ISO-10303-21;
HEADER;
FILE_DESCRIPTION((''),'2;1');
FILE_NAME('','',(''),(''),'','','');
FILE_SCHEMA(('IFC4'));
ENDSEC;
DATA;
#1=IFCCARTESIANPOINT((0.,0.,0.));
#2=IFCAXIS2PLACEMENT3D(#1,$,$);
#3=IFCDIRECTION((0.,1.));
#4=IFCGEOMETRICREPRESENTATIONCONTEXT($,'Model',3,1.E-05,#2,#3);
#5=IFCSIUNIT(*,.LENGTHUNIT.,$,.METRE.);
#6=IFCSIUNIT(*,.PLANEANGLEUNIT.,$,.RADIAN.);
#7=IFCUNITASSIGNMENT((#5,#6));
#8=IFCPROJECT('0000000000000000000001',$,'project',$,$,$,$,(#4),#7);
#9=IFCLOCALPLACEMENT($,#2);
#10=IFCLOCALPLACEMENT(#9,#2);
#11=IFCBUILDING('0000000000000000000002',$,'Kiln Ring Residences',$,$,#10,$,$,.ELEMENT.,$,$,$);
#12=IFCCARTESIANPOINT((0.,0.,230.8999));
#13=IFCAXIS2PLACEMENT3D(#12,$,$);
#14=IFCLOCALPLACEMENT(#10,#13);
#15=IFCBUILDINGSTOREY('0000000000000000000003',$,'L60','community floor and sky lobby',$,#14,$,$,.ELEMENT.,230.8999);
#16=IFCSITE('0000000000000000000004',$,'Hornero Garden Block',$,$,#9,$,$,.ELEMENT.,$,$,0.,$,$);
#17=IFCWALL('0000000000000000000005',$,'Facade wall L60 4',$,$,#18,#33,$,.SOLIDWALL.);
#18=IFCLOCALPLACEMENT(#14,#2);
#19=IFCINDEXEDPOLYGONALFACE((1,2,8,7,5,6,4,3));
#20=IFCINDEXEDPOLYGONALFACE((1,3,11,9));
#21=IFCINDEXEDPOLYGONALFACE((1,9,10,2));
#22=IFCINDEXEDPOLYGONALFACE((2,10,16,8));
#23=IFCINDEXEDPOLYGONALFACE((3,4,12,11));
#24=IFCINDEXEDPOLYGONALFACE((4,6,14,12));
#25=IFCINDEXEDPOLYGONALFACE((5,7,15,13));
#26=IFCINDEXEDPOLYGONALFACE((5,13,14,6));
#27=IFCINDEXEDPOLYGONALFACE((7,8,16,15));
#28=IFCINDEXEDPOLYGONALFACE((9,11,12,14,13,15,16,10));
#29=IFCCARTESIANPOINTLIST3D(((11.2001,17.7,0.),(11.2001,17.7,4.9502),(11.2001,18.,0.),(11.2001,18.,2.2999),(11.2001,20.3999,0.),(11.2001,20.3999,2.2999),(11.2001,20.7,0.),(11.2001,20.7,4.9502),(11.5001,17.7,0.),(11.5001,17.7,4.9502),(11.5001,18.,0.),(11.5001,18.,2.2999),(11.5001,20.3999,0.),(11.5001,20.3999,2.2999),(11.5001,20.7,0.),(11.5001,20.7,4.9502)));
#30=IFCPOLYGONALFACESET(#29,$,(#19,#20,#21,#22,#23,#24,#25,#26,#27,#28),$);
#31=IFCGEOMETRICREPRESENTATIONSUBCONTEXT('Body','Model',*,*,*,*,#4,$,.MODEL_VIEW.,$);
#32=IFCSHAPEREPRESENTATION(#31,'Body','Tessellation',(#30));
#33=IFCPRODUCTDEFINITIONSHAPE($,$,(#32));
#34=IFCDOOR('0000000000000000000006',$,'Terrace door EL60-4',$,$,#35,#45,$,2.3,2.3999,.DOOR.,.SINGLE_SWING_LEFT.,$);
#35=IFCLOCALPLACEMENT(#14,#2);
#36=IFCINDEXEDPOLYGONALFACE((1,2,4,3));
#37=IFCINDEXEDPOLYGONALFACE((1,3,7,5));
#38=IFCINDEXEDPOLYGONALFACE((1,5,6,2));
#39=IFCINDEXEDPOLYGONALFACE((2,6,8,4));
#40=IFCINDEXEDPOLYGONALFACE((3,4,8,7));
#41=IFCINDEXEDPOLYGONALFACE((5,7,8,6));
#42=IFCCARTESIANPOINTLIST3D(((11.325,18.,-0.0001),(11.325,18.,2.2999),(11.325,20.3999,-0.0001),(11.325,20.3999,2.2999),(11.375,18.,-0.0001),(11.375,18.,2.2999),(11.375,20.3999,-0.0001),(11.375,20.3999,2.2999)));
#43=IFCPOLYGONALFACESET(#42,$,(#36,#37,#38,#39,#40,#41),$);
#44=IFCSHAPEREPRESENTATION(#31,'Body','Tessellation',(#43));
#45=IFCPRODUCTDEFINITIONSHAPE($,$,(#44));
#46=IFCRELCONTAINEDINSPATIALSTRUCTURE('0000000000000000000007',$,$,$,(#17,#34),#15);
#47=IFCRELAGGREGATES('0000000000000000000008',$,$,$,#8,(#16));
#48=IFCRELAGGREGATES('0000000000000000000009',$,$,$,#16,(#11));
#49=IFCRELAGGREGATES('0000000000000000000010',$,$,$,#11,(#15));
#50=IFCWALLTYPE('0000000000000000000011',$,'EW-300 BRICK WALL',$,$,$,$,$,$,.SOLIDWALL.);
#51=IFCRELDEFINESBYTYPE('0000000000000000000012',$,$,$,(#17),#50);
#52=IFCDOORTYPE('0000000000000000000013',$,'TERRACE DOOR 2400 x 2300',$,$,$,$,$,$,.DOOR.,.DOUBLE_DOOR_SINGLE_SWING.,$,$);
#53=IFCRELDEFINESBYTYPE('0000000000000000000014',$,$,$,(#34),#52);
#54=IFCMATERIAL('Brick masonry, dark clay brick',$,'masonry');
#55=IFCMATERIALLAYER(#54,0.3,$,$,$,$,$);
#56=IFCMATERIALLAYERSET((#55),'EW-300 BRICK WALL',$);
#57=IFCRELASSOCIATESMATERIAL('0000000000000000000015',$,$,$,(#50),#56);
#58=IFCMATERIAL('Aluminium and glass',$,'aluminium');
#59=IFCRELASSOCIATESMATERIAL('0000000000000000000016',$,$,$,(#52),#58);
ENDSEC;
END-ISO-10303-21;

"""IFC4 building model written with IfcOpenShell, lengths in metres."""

from ifc_helpers import new_model, si_unit, direction, frame, frame_2d, origin, place, context, subcontext, project, spatial, rectangle, extrude, material, layer, layer_set, type_object, element, fill, save


model = new_model("IFC4")

# Units and contexts
model_context = context("Model", 3, precision=1e-05, world=origin(), true_north=direction((0.0, 1.0)))
body_context = subcontext(model_context, "Body", "Model", "MODEL_VIEW")
ifc_project = project(units=[si_unit("LENGTHUNIT", "METRE"), si_unit("PLANEANGLEUNIT", "RADIAN")], contexts=[model_context])

# Site, building, storey
site_placement = place(None, origin())
site = spatial("IfcSite", under=ifc_project, at=site_placement, Name="Hornero Garden Block", CompositionType="ELEMENT", RefElevation=0.0)
building_placement = place(site_placement, origin())
building = spatial("IfcBuilding", under=site, at=building_placement, Name="Kiln Ring Residences", CompositionType="ELEMENT")
storey_placement = place(building_placement, frame((0.0, 0.0, 230.8999)))
storey = spatial("IfcBuildingStorey", under=building, at=storey_placement, Name="L60", Description="community floor and sky lobby", CompositionType="ELEMENT", Elevation=230.8999)

# Wall, opening, door
ifc_material_1 = material(Name="Brick masonry, dark clay brick", Category="masonry")
ifc_layer_1 = layer(ifc_material_1, 0.3)
ifc_layer_set_1 = layer_set([ifc_layer_1], Name="EW-300 BRICK WALL")
wall_type = type_object("IfcWallType", Name="EW-300 BRICK WALL", PredefinedType="SOLIDWALL", material=ifc_layer_set_1)
wall_placement = place(storey_placement, frame((11.3501, 20.7, 0.0), z_axis=(0.0, 0.0, 1.0), x_axis=(0.0, -1.0, 0.0)))
wall = element("IfcWall", 1, at=wall_placement, inside=storey, type_object=wall_type, Name="Facade wall L60 4", PredefinedType="SOLIDWALL", context=body_context, shape_type="SweptSolid", body=[
    extrude(rectangle(XDim=3.0, YDim=0.3, at=frame_2d((1.5, 0.0))), origin(), (0.0, 0.0, 1.0), 4.9502),
])
opening_placement = place(wall_placement, frame((0.3, 0.0, 0.0)))
opening = element("IfcOpeningElement", 2, at=opening_placement, cuts=wall, PredefinedType="OPENING", context=body_context, shape_type="SweptSolid", body=[
    extrude(rectangle(XDim=2.3999, YDim=2.3, at=frame_2d((1.2, 1.1499))), frame((0.0, 0.1599, 0.0), z_axis=(0.0, -1.0, 0.0), x_axis=(1.0, 0.0, 0.0)), (0.0, 0.0, 1.0), 0.3201),
])
ifc_material_2 = material(Name="Aluminium and glass", Category="aluminium")
door_type = type_object("IfcDoorType", Name="TERRACE DOOR 2400 x 2300", OperationType="DOUBLE_DOOR_SINGLE_SWING", PredefinedType="DOOR", material=ifc_material_2)
door_placement = place(opening_placement, origin())
door = element("IfcDoor", 3, at=door_placement, inside=storey, type_object=door_type, Name="Terrace door EL60-4", OperationType="SINGLE_SWING_LEFT", OverallHeight=2.3, OverallWidth=2.3999, PredefinedType="DOOR", context=body_context, shape_type="SweptSolid", body=[
    extrude(rectangle(XDim=2.3999, YDim=2.3, at=frame_2d((1.2, 1.1499))), frame((0.0, 0.0249, 0.0), z_axis=(0.0, -1.0, 0.0), x_axis=(1.0, 0.0, 0.0)), (0.0, 0.0, 1.0), 0.05),
])
fill(opening, door)

save(model, "model.ifc")
